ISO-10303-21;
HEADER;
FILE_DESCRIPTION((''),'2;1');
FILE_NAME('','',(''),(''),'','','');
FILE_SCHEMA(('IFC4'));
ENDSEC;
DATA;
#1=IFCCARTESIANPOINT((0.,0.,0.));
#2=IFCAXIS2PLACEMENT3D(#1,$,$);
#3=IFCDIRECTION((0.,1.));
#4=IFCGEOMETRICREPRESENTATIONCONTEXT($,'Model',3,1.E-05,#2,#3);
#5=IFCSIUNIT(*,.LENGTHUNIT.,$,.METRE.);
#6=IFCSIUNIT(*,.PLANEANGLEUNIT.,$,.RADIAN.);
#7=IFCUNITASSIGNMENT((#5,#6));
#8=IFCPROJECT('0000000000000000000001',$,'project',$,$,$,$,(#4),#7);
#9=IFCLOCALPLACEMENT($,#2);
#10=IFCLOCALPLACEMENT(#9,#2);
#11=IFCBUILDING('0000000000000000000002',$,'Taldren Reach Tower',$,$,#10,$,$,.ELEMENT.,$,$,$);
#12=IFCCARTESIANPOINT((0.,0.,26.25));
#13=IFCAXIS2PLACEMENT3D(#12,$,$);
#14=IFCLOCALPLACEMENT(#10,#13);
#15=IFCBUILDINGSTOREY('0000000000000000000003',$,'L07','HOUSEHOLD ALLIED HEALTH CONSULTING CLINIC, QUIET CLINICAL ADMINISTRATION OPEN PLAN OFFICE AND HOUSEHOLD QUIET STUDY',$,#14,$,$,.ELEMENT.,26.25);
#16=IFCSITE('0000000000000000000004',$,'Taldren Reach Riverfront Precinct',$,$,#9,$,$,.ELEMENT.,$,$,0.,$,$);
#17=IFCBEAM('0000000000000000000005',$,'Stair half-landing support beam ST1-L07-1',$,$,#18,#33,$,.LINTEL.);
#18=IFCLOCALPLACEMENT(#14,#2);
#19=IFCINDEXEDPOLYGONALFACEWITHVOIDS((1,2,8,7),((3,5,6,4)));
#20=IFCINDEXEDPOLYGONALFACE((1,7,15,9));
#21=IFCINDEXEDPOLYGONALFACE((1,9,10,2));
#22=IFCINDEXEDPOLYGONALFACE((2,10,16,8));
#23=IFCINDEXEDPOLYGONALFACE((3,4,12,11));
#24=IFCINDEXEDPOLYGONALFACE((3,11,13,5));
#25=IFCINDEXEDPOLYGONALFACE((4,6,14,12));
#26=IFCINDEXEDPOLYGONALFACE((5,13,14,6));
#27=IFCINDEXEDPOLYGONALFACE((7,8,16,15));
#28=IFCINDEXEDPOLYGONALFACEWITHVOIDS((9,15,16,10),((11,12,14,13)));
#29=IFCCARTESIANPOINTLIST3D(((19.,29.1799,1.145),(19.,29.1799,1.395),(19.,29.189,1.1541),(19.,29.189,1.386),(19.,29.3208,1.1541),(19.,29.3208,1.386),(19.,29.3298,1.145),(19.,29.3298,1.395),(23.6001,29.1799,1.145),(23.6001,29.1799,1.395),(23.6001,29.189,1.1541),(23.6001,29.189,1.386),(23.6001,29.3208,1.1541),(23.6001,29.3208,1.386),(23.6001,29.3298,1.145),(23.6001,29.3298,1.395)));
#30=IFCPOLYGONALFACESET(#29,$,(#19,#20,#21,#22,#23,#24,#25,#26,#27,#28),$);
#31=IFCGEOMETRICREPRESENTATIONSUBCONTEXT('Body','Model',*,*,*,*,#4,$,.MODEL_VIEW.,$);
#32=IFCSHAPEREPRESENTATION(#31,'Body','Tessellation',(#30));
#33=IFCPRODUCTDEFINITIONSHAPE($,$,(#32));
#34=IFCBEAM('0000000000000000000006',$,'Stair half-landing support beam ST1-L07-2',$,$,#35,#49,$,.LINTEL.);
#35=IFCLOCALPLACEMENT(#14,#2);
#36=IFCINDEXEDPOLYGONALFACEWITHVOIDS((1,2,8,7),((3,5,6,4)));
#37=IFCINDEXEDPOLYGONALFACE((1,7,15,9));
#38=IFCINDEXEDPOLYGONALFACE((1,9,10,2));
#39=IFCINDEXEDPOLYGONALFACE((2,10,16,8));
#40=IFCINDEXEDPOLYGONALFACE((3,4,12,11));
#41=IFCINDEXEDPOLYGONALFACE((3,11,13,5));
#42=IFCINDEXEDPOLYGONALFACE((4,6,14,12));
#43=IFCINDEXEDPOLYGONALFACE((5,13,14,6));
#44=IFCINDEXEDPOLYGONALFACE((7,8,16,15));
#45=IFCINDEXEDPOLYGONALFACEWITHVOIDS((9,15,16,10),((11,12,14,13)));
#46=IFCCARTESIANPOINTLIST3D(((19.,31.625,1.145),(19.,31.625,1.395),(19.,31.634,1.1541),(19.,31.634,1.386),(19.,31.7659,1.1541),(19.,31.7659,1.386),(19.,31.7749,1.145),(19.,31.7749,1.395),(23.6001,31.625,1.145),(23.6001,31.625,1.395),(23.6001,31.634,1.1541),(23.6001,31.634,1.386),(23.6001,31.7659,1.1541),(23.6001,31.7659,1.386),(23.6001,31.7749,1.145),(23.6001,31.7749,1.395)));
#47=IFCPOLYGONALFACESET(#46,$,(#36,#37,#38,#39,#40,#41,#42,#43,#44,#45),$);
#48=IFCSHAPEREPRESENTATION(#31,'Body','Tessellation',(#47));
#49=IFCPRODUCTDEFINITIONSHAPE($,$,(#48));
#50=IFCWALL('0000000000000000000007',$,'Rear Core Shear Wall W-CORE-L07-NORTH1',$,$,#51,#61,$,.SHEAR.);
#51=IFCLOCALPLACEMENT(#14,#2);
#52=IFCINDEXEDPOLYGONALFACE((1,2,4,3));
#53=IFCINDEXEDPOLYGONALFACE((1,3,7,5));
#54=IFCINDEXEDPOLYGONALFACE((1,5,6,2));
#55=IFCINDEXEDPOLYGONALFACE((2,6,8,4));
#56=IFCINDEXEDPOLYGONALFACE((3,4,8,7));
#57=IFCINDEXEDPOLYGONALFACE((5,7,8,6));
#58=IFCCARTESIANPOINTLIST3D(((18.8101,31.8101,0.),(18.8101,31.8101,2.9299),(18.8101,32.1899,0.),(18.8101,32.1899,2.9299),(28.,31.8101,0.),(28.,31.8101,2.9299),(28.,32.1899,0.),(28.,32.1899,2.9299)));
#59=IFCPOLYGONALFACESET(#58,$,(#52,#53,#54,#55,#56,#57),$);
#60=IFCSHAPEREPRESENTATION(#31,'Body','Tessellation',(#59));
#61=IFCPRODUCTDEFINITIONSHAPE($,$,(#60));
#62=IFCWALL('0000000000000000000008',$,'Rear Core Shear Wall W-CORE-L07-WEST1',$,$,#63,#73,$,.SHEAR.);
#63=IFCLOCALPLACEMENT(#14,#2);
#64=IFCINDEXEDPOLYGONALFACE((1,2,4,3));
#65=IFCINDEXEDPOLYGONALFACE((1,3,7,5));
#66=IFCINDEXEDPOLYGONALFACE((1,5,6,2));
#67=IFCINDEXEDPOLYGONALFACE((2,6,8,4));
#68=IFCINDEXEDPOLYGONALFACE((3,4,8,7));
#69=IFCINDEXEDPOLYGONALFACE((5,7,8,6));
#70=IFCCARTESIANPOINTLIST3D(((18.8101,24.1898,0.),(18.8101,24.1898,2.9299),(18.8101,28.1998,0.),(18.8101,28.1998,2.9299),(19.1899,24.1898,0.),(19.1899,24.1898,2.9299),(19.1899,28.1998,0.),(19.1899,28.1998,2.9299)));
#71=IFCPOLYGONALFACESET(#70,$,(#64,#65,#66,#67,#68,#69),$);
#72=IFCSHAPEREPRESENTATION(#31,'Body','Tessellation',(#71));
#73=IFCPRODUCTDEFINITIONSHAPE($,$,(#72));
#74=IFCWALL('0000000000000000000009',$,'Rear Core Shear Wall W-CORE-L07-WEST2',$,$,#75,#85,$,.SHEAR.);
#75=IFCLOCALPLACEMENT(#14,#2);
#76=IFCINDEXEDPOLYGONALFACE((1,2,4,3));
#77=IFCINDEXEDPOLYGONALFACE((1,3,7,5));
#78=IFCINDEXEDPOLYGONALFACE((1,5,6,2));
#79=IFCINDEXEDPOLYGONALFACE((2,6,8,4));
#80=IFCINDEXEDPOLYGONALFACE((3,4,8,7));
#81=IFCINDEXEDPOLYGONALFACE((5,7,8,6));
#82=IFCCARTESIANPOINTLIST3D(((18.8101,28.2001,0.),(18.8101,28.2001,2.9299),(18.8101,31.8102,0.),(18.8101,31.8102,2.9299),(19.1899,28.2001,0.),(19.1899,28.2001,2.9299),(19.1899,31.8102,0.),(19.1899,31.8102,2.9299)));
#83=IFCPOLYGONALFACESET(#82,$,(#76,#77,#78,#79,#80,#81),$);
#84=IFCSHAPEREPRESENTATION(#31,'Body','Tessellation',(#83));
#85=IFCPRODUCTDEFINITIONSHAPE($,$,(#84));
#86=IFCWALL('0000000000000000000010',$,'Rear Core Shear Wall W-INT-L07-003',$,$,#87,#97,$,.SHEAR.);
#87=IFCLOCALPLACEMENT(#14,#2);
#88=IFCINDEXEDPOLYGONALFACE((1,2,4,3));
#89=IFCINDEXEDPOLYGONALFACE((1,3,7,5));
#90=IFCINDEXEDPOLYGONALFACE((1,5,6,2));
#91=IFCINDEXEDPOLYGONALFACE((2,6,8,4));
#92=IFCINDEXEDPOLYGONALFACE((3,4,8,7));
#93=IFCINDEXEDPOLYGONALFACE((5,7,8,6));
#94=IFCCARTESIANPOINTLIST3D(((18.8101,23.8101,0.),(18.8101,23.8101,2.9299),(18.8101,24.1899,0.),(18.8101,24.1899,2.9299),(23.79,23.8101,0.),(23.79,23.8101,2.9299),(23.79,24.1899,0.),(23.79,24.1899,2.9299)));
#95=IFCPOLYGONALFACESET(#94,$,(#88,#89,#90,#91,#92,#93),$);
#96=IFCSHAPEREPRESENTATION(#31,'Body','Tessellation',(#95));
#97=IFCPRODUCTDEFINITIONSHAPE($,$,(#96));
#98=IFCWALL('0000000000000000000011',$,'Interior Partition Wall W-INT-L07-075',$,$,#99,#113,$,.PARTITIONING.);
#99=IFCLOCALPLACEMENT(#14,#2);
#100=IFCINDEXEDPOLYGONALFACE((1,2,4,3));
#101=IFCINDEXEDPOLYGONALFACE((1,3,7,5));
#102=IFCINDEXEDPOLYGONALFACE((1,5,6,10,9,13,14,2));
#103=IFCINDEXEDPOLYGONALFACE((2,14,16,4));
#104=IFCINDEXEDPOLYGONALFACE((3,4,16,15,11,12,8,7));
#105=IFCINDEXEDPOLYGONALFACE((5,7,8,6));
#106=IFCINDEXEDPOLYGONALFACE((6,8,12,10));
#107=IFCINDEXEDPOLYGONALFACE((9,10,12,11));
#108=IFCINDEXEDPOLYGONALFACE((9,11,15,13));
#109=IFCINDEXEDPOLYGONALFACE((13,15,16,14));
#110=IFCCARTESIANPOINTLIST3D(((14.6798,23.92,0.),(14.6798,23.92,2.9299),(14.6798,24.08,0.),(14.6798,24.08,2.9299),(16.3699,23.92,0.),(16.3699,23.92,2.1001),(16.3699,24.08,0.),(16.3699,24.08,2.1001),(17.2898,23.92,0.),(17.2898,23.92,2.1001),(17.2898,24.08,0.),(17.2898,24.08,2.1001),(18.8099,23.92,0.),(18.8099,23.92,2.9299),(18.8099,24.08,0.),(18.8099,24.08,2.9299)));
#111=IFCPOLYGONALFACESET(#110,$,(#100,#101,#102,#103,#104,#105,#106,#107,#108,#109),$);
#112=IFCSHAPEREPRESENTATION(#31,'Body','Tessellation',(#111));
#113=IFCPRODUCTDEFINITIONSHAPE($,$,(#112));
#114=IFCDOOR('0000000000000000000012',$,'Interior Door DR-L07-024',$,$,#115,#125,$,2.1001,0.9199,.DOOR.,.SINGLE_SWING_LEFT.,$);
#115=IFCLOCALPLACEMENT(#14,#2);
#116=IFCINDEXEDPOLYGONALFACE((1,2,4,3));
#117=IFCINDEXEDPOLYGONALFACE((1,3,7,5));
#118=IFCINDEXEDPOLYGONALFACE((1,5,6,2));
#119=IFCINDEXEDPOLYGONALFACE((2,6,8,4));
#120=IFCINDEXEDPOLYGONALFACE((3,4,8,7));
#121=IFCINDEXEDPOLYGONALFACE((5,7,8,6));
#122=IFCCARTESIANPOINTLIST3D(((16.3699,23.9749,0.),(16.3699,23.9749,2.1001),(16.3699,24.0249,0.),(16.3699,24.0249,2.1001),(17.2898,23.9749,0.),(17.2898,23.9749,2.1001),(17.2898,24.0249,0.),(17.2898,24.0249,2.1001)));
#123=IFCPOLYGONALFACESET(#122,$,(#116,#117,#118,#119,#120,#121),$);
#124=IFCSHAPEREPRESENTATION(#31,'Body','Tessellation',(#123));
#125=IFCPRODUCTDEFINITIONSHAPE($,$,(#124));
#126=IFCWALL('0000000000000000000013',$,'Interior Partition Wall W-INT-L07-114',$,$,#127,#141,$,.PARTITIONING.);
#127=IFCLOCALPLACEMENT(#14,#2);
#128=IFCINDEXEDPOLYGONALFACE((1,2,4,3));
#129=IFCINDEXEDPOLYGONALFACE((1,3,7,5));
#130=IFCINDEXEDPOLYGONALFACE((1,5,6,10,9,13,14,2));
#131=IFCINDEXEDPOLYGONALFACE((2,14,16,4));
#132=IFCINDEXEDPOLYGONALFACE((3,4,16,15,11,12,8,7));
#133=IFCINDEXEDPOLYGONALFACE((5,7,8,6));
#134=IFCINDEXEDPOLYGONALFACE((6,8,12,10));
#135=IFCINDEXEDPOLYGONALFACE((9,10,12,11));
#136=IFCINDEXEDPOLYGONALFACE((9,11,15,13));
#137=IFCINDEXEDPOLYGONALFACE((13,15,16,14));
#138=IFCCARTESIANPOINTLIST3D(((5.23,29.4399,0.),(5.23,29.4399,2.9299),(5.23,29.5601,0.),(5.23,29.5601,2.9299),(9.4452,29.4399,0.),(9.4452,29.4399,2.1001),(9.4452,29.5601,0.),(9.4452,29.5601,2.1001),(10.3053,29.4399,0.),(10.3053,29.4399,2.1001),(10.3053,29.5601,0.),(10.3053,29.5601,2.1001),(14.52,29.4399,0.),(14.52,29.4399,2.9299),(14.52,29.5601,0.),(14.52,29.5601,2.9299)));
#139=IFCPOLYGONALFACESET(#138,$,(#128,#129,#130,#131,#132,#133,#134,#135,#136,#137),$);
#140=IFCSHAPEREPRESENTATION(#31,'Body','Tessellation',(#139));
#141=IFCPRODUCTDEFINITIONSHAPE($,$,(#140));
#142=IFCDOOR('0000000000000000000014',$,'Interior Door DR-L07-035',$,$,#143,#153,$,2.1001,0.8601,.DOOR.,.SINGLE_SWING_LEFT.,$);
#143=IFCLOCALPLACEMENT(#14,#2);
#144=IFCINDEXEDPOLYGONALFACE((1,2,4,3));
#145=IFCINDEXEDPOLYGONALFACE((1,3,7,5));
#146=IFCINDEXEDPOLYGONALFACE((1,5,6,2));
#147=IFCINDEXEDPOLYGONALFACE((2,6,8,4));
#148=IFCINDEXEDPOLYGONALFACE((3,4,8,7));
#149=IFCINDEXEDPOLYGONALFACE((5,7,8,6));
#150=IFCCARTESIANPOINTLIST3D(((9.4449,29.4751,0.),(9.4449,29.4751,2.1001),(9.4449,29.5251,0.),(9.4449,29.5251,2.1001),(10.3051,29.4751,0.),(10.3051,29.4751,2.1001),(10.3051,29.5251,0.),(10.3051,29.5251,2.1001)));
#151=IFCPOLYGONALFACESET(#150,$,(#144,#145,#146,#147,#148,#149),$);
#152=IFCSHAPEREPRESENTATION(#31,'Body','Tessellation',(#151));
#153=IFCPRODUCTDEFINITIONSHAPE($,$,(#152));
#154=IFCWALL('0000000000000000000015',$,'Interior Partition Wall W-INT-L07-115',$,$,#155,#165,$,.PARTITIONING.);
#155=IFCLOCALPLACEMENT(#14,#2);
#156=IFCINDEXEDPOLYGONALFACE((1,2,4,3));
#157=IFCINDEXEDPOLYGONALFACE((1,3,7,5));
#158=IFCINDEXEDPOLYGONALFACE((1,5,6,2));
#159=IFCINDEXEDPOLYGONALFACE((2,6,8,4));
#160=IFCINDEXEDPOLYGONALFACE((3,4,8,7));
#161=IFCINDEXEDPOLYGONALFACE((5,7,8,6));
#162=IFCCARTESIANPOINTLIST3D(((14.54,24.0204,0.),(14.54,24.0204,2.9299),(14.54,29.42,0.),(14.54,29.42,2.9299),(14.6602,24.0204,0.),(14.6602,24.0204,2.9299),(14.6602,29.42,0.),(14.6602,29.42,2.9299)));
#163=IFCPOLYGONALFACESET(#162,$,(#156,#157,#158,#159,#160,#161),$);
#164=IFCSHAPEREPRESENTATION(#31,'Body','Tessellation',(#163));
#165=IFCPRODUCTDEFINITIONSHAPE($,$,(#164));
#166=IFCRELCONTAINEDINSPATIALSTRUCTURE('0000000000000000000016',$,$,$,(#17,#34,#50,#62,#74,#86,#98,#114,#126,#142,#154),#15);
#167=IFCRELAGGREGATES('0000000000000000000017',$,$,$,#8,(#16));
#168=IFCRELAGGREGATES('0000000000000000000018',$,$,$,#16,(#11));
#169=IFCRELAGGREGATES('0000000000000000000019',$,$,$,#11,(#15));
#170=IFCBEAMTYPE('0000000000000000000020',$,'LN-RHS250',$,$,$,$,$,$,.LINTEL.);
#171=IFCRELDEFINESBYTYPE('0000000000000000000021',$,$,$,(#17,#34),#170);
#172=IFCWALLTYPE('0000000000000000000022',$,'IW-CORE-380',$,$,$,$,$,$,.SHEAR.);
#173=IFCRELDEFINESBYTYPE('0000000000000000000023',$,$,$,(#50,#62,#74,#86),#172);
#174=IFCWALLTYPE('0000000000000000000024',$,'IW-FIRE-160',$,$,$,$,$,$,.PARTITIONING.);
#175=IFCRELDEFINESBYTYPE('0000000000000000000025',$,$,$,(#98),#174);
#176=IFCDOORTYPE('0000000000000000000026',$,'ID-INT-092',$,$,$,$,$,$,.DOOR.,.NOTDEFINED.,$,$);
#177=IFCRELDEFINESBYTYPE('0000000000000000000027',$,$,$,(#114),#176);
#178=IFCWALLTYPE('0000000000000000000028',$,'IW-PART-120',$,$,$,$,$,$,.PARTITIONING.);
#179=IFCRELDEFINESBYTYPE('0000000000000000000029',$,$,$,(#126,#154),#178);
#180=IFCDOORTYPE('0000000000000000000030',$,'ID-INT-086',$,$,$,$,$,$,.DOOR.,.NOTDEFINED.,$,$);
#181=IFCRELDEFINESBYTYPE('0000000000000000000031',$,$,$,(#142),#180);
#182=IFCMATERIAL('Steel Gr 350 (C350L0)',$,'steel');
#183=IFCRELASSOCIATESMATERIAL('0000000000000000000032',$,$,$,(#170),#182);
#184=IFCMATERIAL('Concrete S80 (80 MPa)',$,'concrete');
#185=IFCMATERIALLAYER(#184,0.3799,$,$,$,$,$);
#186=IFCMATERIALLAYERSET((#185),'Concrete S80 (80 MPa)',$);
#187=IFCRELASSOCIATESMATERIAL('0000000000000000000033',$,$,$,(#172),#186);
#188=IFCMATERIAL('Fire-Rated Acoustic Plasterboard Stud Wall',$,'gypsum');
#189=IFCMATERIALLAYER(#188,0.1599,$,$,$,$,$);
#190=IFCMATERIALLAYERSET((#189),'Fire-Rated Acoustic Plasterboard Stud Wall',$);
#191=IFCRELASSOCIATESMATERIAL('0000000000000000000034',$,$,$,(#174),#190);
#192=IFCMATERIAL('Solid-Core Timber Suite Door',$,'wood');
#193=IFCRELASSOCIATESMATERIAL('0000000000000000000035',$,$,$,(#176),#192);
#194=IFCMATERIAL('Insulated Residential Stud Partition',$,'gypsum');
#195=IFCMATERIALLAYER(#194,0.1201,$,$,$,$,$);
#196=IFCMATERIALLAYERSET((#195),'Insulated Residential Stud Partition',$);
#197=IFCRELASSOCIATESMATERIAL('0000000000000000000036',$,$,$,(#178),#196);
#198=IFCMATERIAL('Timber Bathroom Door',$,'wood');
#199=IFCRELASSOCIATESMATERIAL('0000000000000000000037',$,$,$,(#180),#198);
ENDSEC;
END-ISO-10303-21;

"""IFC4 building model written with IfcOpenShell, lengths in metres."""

from ifc_helpers import new_model, si_unit, direction, frame, frame_2d, origin, origin_2d, place, context, subcontext, project, spatial, rectangle, hollow_rectangle, extrude, source, transform, mapped, material, layer, layer_set, material_profile, profile_set, type_object, element, fill, save


model = new_model("IFC4")

# Units and contexts
model_context = context("Model", 3, precision=1e-05, world=origin(), true_north=direction((0.0, 1.0)))
body_context = subcontext(model_context, "Body", "Model", "MODEL_VIEW")
ifc_project = project(units=[si_unit("LENGTHUNIT", "METRE"), si_unit("PLANEANGLEUNIT", "RADIAN")], contexts=[model_context])

# Site, building, storey
site_placement = place(None, origin())
site = spatial("IfcSite", under=ifc_project, at=site_placement, Name="Taldren Reach Riverfront Precinct", CompositionType="ELEMENT", RefElevation=0.0)
building_placement = place(site_placement, origin())
building = spatial("IfcBuilding", under=site, at=building_placement, Name="Taldren Reach Tower", CompositionType="ELEMENT")
storey_placement = place(building_placement, frame((0.0, 0.0, 26.25)))
storey = spatial("IfcBuildingStorey", under=building, at=storey_placement, Name="L07", Description="HOUSEHOLD ALLIED HEALTH CONSULTING CLINIC, QUIET CLINICAL ADMINISTRATION OPEN PLAN OFFICE AND HOUSEHOLD QUIET STUDY", CompositionType="ELEMENT", Elevation=26.25)

# Beams
ifc_material_1 = material(Name="Steel Gr 350 (C350L0)", Category="steel")
ifc_material_profile_1 = material_profile(ifc_material_1, hollow_rectangle(XDim=0.1499, YDim=0.25, WallThickness=0.009, at=origin_2d()), Name="250x150x9.0RHS")
ifc_profile_set_1 = profile_set([ifc_material_profile_1], Name="Steel Gr 350 (C350L0)")
beam_type_1 = type_object("IfcBeamType", Name="LN-RHS250", PredefinedType="LINTEL", material=ifc_profile_set_1)
shared_shape_1 = source(origin(), body_context, "Body", "SweptSolid", [
    extrude(hollow_rectangle(XDim=0.1499, YDim=0.25, WallThickness=0.009, at=origin_2d()), origin(), (0.0, 0.0, 1.0), 4.6001),
])
for number, where, z_axis, x_axis, name in (
    (1, (19.0, 29.2549, 1.27), (1.0, 0.0, 0.0), (0.0, 1.0, 0.0), "Stair half-landing support beam ST1-L07-1"),
    (2, (19.0, 31.7, 1.27), (1.0, 0.0, 0.0), (0.0, 1.0, 0.0), "Stair half-landing support beam ST1-L07-2"),
):
    element("IfcBeam", number, at=place(storey_placement, frame(where, z_axis=z_axis, x_axis=x_axis)), inside=storey, type_object=beam_type_1, Name=name, PredefinedType="LINTEL", context=body_context, shape_type="MappedRepresentation", body=[
        mapped(shared_shape_1, transform((0.0, 0.0, 0.0), scale=1.0)),
    ])

# Walls
ifc_material_2 = material(Name="Concrete S80 (80 MPa)", Category="concrete")
ifc_layer_1 = layer(ifc_material_2, 0.3799)
ifc_layer_set_1 = layer_set([ifc_layer_1], Name="Concrete S80 (80 MPa)")
wall_type_1 = type_object("IfcWallType", Name="IW-CORE-380", PredefinedType="SHEAR", material=ifc_layer_set_1)
shared_shape_2 = source(origin(), body_context, "Body", "SweptSolid", [
    extrude(rectangle(XDim=9.1899, YDim=0.3799, at=frame_2d((4.595, 0.0))), origin(), (0.0, 0.0, 1.0), 2.9299),
])
wall_1_placement = place(storey_placement, frame((18.8101, 32.0, 0.0), z_axis=(0.0, 0.0, 1.0), x_axis=(1.0, 0.0, 0.0)))
element("IfcWall", 3, at=wall_1_placement, inside=storey, type_object=wall_type_1, Name="Rear Core Shear Wall W-CORE-L07-NORTH1", PredefinedType="SHEAR", context=body_context, shape_type="MappedRepresentation", body=[
    mapped(shared_shape_2, transform((0.0, 0.0, 0.0), scale=1.0)),
])
shared_shape_3 = source(origin(), body_context, "Body", "SweptSolid", [
    extrude(rectangle(XDim=4.01, YDim=0.3799, at=frame_2d((2.0049, 0.0))), origin(), (0.0, 0.0, 1.0), 2.9299),
])
wall_2_placement = place(storey_placement, frame((19.0, 24.1899, 0.0), z_axis=(0.0, 0.0, 1.0), x_axis=(0.0, 1.0, 0.0)))
element("IfcWall", 4, at=wall_2_placement, inside=storey, type_object=wall_type_1, Name="Rear Core Shear Wall W-CORE-L07-WEST1", PredefinedType="SHEAR", context=body_context, shape_type="MappedRepresentation", body=[
    mapped(shared_shape_3, transform((0.0, 0.0, 0.0), scale=1.0)),
])
shared_shape_4 = source(origin(), body_context, "Body", "SweptSolid", [
    extrude(rectangle(XDim=3.6101, YDim=0.3799, at=frame_2d((1.8052, 0.0))), origin(), (0.0, 0.0, 1.0), 2.9299),
])
wall_3_placement = place(storey_placement, frame((19.0, 28.2, 0.0), z_axis=(0.0, 0.0, 1.0), x_axis=(0.0, 1.0, 0.0)))
element("IfcWall", 5, at=wall_3_placement, inside=storey, type_object=wall_type_1, Name="Rear Core Shear Wall W-CORE-L07-WEST2", PredefinedType="SHEAR", context=body_context, shape_type="MappedRepresentation", body=[
    mapped(shared_shape_4, transform((0.0, 0.0, 0.0), scale=1.0)),
])
shared_shape_5 = source(origin(), body_context, "Body", "SweptSolid", [
    extrude(rectangle(XDim=4.98, YDim=0.3799, at=frame_2d((2.49, 0.0))), origin(), (0.0, 0.0, 1.0), 2.9299),
])
wall_4_placement = place(storey_placement, frame((18.8101, 24.0, 0.0), z_axis=(0.0, 0.0, 1.0), x_axis=(1.0, 0.0, 0.0)))
element("IfcWall", 6, at=wall_4_placement, inside=storey, type_object=wall_type_1, Name="Rear Core Shear Wall W-INT-L07-003", PredefinedType="SHEAR", context=body_context, shape_type="MappedRepresentation", body=[
    mapped(shared_shape_5, transform((0.0, 0.0, 0.0), scale=1.0)),
])

# Walls, openings, doors
ifc_material_3 = material(Name="Fire-Rated Acoustic Plasterboard Stud Wall", Category="gypsum")
ifc_layer_2 = layer(ifc_material_3, 0.1599)
ifc_layer_set_2 = layer_set([ifc_layer_2], Name="Fire-Rated Acoustic Plasterboard Stud Wall")
wall_type_2 = type_object("IfcWallType", Name="IW-FIRE-160", PredefinedType="PARTITIONING", material=ifc_layer_set_2)
shared_shape_6 = source(origin(), body_context, "Body", "SweptSolid", [
    extrude(rectangle(XDim=4.1301, YDim=0.1599, at=frame_2d((2.0649, 0.0))), origin(), (0.0, 0.0, 1.0), 2.9299),
])
wall_5_placement = place(storey_placement, frame((14.6799, 24.0, 0.0), z_axis=(0.0, 0.0, 1.0), x_axis=(1.0, 0.0, 0.0)))
wall_5 = element("IfcWall", 7, at=wall_5_placement, inside=storey, type_object=wall_type_2, Name="Interior Partition Wall W-INT-L07-075", PredefinedType="PARTITIONING", context=body_context, shape_type="MappedRepresentation", body=[
    mapped(shared_shape_6, transform((0.0, 0.0, 0.0), scale=1.0)),
])
shared_shape_7 = source(origin(), body_context, "Body", "SweptSolid", [
    extrude(rectangle(XDim=0.9199, YDim=2.1001, at=frame_2d((0.46, 1.05))), frame((0.0, 0.0898, 0.0), z_axis=(0.0, -1.0, 0.0), x_axis=(1.0, 0.0, 0.0)), (0.0, 0.0, 1.0), 0.1799),
])
opening_1_placement = place(wall_5_placement, frame((1.6899, 0.0, 0.0)))
opening_1 = element("IfcOpeningElement", 8, at=opening_1_placement, cuts=wall_5, PredefinedType="OPENING", context=body_context, shape_type="MappedRepresentation", body=[
    mapped(shared_shape_7, transform((0.0, 0.0, 0.0), scale=1.0)),
])
ifc_material_4 = material(Name="Solid-Core Timber Suite Door", Category="wood")
door_type_1 = type_object("IfcDoorType", Name="ID-INT-092", OperationType="NOTDEFINED", PredefinedType="DOOR", material=ifc_material_4)
shared_shape_8 = source(origin(), body_context, "Body", "SweptSolid", [
    extrude(rectangle(XDim=0.9199, YDim=2.1001, at=frame_2d((0.46, 1.05))), frame((0.0, 0.0249, 0.0), z_axis=(0.0, -1.0, 0.0), x_axis=(1.0, 0.0, 0.0)), (0.0, 0.0, 1.0), 0.05),
])
door_1_placement = place(opening_1_placement, origin())
door_1 = element("IfcDoor", 9, at=door_1_placement, inside=storey, type_object=door_type_1, Name="Interior Door DR-L07-024", OperationType="SINGLE_SWING_LEFT", OverallHeight=2.1001, OverallWidth=0.9199, PredefinedType="DOOR", context=body_context, shape_type="MappedRepresentation", body=[
    mapped(shared_shape_8, transform((0.0, 0.0, 0.0), scale=1.0)),
])
fill(opening_1, door_1)
ifc_material_5 = material(Name="Insulated Residential Stud Partition", Category="gypsum")
ifc_layer_3 = layer(ifc_material_5, 0.1201)
ifc_layer_set_3 = layer_set([ifc_layer_3], Name="Insulated Residential Stud Partition")
wall_type_3 = type_object("IfcWallType", Name="IW-PART-120", PredefinedType="PARTITIONING", material=ifc_layer_set_3)
shared_shape_9 = source(origin(), body_context, "Body", "SweptSolid", [
    extrude(rectangle(XDim=9.29, YDim=0.1201, at=frame_2d((4.645, 0.0))), origin(), (0.0, 0.0, 1.0), 2.9299),
])
wall_6_placement = place(storey_placement, frame((5.23, 29.5, 0.0), z_axis=(0.0, 0.0, 1.0), x_axis=(1.0, 0.0, 0.0)))
wall_6 = element("IfcWall", 10, at=wall_6_placement, inside=storey, type_object=wall_type_3, Name="Interior Partition Wall W-INT-L07-114", PredefinedType="PARTITIONING", context=body_context, shape_type="MappedRepresentation", body=[
    mapped(shared_shape_9, transform((0.0, 0.0, 0.0), scale=1.0)),
])
shared_shape_10 = source(origin(), body_context, "Body", "SweptSolid", [
    extrude(rectangle(XDim=0.8601, YDim=2.1001, at=frame_2d((0.4302, 1.05))), frame((0.0, 0.0701, 0.0), z_axis=(0.0, -1.0, 0.0), x_axis=(1.0, 0.0, 0.0)), (0.0, 0.0, 1.0), 0.1401),
])
opening_2_placement = place(wall_6_placement, frame((4.2151, 0.0, 0.0)))
opening_2 = element("IfcOpeningElement", 11, at=opening_2_placement, cuts=wall_6, PredefinedType="OPENING", context=body_context, shape_type="MappedRepresentation", body=[
    mapped(shared_shape_10, transform((0.0, 0.0, 0.0), scale=1.0)),
])
ifc_material_6 = material(Name="Timber Bathroom Door", Category="wood")
door_type_2 = type_object("IfcDoorType", Name="ID-INT-086", OperationType="NOTDEFINED", PredefinedType="DOOR", material=ifc_material_6)
shared_shape_11 = source(origin(), body_context, "Body", "SweptSolid", [
    extrude(rectangle(XDim=0.8601, YDim=2.1001, at=frame_2d((0.4302, 1.05))), frame((0.0, 0.0249, 0.0), z_axis=(0.0, -1.0, 0.0), x_axis=(1.0, 0.0, 0.0)), (0.0, 0.0, 1.0), 0.05),
])
door_2_placement = place(opening_2_placement, frame((0.8601, 0.0, 0.0), z_axis=(0.0, 0.0, 1.0), x_axis=(-1.0, 0.0, 0.0)))
door_2 = element("IfcDoor", 12, at=door_2_placement, inside=storey, type_object=door_type_2, Name="Interior Door DR-L07-035", OperationType="SINGLE_SWING_LEFT", OverallHeight=2.1001, OverallWidth=0.8601, PredefinedType="DOOR", context=body_context, shape_type="MappedRepresentation", body=[
    mapped(shared_shape_11, transform((0.0, 0.0, 0.0), scale=1.0)),
])
fill(opening_2, door_2)

# Wall
shared_shape_12 = source(origin(), body_context, "Body", "SweptSolid", [
    extrude(rectangle(XDim=5.3997, YDim=0.1201, at=frame_2d((2.6997, 0.0))), origin(), (0.0, 0.0, 1.0), 2.9299),
])
wall_7_placement = place(storey_placement, frame((14.6001, 29.4199, 0.0), z_axis=(0.0, 0.0, 1.0), x_axis=(0.0, -1.0, 0.0)))
element("IfcWall", 13, at=wall_7_placement, inside=storey, type_object=wall_type_3, Name="Interior Partition Wall W-INT-L07-115", PredefinedType="PARTITIONING", context=body_context, shape_type="MappedRepresentation", body=[
    mapped(shared_shape_12, transform((0.0, 0.0, 0.0), scale=1.0)),
])

save(model, "model.ifc")
